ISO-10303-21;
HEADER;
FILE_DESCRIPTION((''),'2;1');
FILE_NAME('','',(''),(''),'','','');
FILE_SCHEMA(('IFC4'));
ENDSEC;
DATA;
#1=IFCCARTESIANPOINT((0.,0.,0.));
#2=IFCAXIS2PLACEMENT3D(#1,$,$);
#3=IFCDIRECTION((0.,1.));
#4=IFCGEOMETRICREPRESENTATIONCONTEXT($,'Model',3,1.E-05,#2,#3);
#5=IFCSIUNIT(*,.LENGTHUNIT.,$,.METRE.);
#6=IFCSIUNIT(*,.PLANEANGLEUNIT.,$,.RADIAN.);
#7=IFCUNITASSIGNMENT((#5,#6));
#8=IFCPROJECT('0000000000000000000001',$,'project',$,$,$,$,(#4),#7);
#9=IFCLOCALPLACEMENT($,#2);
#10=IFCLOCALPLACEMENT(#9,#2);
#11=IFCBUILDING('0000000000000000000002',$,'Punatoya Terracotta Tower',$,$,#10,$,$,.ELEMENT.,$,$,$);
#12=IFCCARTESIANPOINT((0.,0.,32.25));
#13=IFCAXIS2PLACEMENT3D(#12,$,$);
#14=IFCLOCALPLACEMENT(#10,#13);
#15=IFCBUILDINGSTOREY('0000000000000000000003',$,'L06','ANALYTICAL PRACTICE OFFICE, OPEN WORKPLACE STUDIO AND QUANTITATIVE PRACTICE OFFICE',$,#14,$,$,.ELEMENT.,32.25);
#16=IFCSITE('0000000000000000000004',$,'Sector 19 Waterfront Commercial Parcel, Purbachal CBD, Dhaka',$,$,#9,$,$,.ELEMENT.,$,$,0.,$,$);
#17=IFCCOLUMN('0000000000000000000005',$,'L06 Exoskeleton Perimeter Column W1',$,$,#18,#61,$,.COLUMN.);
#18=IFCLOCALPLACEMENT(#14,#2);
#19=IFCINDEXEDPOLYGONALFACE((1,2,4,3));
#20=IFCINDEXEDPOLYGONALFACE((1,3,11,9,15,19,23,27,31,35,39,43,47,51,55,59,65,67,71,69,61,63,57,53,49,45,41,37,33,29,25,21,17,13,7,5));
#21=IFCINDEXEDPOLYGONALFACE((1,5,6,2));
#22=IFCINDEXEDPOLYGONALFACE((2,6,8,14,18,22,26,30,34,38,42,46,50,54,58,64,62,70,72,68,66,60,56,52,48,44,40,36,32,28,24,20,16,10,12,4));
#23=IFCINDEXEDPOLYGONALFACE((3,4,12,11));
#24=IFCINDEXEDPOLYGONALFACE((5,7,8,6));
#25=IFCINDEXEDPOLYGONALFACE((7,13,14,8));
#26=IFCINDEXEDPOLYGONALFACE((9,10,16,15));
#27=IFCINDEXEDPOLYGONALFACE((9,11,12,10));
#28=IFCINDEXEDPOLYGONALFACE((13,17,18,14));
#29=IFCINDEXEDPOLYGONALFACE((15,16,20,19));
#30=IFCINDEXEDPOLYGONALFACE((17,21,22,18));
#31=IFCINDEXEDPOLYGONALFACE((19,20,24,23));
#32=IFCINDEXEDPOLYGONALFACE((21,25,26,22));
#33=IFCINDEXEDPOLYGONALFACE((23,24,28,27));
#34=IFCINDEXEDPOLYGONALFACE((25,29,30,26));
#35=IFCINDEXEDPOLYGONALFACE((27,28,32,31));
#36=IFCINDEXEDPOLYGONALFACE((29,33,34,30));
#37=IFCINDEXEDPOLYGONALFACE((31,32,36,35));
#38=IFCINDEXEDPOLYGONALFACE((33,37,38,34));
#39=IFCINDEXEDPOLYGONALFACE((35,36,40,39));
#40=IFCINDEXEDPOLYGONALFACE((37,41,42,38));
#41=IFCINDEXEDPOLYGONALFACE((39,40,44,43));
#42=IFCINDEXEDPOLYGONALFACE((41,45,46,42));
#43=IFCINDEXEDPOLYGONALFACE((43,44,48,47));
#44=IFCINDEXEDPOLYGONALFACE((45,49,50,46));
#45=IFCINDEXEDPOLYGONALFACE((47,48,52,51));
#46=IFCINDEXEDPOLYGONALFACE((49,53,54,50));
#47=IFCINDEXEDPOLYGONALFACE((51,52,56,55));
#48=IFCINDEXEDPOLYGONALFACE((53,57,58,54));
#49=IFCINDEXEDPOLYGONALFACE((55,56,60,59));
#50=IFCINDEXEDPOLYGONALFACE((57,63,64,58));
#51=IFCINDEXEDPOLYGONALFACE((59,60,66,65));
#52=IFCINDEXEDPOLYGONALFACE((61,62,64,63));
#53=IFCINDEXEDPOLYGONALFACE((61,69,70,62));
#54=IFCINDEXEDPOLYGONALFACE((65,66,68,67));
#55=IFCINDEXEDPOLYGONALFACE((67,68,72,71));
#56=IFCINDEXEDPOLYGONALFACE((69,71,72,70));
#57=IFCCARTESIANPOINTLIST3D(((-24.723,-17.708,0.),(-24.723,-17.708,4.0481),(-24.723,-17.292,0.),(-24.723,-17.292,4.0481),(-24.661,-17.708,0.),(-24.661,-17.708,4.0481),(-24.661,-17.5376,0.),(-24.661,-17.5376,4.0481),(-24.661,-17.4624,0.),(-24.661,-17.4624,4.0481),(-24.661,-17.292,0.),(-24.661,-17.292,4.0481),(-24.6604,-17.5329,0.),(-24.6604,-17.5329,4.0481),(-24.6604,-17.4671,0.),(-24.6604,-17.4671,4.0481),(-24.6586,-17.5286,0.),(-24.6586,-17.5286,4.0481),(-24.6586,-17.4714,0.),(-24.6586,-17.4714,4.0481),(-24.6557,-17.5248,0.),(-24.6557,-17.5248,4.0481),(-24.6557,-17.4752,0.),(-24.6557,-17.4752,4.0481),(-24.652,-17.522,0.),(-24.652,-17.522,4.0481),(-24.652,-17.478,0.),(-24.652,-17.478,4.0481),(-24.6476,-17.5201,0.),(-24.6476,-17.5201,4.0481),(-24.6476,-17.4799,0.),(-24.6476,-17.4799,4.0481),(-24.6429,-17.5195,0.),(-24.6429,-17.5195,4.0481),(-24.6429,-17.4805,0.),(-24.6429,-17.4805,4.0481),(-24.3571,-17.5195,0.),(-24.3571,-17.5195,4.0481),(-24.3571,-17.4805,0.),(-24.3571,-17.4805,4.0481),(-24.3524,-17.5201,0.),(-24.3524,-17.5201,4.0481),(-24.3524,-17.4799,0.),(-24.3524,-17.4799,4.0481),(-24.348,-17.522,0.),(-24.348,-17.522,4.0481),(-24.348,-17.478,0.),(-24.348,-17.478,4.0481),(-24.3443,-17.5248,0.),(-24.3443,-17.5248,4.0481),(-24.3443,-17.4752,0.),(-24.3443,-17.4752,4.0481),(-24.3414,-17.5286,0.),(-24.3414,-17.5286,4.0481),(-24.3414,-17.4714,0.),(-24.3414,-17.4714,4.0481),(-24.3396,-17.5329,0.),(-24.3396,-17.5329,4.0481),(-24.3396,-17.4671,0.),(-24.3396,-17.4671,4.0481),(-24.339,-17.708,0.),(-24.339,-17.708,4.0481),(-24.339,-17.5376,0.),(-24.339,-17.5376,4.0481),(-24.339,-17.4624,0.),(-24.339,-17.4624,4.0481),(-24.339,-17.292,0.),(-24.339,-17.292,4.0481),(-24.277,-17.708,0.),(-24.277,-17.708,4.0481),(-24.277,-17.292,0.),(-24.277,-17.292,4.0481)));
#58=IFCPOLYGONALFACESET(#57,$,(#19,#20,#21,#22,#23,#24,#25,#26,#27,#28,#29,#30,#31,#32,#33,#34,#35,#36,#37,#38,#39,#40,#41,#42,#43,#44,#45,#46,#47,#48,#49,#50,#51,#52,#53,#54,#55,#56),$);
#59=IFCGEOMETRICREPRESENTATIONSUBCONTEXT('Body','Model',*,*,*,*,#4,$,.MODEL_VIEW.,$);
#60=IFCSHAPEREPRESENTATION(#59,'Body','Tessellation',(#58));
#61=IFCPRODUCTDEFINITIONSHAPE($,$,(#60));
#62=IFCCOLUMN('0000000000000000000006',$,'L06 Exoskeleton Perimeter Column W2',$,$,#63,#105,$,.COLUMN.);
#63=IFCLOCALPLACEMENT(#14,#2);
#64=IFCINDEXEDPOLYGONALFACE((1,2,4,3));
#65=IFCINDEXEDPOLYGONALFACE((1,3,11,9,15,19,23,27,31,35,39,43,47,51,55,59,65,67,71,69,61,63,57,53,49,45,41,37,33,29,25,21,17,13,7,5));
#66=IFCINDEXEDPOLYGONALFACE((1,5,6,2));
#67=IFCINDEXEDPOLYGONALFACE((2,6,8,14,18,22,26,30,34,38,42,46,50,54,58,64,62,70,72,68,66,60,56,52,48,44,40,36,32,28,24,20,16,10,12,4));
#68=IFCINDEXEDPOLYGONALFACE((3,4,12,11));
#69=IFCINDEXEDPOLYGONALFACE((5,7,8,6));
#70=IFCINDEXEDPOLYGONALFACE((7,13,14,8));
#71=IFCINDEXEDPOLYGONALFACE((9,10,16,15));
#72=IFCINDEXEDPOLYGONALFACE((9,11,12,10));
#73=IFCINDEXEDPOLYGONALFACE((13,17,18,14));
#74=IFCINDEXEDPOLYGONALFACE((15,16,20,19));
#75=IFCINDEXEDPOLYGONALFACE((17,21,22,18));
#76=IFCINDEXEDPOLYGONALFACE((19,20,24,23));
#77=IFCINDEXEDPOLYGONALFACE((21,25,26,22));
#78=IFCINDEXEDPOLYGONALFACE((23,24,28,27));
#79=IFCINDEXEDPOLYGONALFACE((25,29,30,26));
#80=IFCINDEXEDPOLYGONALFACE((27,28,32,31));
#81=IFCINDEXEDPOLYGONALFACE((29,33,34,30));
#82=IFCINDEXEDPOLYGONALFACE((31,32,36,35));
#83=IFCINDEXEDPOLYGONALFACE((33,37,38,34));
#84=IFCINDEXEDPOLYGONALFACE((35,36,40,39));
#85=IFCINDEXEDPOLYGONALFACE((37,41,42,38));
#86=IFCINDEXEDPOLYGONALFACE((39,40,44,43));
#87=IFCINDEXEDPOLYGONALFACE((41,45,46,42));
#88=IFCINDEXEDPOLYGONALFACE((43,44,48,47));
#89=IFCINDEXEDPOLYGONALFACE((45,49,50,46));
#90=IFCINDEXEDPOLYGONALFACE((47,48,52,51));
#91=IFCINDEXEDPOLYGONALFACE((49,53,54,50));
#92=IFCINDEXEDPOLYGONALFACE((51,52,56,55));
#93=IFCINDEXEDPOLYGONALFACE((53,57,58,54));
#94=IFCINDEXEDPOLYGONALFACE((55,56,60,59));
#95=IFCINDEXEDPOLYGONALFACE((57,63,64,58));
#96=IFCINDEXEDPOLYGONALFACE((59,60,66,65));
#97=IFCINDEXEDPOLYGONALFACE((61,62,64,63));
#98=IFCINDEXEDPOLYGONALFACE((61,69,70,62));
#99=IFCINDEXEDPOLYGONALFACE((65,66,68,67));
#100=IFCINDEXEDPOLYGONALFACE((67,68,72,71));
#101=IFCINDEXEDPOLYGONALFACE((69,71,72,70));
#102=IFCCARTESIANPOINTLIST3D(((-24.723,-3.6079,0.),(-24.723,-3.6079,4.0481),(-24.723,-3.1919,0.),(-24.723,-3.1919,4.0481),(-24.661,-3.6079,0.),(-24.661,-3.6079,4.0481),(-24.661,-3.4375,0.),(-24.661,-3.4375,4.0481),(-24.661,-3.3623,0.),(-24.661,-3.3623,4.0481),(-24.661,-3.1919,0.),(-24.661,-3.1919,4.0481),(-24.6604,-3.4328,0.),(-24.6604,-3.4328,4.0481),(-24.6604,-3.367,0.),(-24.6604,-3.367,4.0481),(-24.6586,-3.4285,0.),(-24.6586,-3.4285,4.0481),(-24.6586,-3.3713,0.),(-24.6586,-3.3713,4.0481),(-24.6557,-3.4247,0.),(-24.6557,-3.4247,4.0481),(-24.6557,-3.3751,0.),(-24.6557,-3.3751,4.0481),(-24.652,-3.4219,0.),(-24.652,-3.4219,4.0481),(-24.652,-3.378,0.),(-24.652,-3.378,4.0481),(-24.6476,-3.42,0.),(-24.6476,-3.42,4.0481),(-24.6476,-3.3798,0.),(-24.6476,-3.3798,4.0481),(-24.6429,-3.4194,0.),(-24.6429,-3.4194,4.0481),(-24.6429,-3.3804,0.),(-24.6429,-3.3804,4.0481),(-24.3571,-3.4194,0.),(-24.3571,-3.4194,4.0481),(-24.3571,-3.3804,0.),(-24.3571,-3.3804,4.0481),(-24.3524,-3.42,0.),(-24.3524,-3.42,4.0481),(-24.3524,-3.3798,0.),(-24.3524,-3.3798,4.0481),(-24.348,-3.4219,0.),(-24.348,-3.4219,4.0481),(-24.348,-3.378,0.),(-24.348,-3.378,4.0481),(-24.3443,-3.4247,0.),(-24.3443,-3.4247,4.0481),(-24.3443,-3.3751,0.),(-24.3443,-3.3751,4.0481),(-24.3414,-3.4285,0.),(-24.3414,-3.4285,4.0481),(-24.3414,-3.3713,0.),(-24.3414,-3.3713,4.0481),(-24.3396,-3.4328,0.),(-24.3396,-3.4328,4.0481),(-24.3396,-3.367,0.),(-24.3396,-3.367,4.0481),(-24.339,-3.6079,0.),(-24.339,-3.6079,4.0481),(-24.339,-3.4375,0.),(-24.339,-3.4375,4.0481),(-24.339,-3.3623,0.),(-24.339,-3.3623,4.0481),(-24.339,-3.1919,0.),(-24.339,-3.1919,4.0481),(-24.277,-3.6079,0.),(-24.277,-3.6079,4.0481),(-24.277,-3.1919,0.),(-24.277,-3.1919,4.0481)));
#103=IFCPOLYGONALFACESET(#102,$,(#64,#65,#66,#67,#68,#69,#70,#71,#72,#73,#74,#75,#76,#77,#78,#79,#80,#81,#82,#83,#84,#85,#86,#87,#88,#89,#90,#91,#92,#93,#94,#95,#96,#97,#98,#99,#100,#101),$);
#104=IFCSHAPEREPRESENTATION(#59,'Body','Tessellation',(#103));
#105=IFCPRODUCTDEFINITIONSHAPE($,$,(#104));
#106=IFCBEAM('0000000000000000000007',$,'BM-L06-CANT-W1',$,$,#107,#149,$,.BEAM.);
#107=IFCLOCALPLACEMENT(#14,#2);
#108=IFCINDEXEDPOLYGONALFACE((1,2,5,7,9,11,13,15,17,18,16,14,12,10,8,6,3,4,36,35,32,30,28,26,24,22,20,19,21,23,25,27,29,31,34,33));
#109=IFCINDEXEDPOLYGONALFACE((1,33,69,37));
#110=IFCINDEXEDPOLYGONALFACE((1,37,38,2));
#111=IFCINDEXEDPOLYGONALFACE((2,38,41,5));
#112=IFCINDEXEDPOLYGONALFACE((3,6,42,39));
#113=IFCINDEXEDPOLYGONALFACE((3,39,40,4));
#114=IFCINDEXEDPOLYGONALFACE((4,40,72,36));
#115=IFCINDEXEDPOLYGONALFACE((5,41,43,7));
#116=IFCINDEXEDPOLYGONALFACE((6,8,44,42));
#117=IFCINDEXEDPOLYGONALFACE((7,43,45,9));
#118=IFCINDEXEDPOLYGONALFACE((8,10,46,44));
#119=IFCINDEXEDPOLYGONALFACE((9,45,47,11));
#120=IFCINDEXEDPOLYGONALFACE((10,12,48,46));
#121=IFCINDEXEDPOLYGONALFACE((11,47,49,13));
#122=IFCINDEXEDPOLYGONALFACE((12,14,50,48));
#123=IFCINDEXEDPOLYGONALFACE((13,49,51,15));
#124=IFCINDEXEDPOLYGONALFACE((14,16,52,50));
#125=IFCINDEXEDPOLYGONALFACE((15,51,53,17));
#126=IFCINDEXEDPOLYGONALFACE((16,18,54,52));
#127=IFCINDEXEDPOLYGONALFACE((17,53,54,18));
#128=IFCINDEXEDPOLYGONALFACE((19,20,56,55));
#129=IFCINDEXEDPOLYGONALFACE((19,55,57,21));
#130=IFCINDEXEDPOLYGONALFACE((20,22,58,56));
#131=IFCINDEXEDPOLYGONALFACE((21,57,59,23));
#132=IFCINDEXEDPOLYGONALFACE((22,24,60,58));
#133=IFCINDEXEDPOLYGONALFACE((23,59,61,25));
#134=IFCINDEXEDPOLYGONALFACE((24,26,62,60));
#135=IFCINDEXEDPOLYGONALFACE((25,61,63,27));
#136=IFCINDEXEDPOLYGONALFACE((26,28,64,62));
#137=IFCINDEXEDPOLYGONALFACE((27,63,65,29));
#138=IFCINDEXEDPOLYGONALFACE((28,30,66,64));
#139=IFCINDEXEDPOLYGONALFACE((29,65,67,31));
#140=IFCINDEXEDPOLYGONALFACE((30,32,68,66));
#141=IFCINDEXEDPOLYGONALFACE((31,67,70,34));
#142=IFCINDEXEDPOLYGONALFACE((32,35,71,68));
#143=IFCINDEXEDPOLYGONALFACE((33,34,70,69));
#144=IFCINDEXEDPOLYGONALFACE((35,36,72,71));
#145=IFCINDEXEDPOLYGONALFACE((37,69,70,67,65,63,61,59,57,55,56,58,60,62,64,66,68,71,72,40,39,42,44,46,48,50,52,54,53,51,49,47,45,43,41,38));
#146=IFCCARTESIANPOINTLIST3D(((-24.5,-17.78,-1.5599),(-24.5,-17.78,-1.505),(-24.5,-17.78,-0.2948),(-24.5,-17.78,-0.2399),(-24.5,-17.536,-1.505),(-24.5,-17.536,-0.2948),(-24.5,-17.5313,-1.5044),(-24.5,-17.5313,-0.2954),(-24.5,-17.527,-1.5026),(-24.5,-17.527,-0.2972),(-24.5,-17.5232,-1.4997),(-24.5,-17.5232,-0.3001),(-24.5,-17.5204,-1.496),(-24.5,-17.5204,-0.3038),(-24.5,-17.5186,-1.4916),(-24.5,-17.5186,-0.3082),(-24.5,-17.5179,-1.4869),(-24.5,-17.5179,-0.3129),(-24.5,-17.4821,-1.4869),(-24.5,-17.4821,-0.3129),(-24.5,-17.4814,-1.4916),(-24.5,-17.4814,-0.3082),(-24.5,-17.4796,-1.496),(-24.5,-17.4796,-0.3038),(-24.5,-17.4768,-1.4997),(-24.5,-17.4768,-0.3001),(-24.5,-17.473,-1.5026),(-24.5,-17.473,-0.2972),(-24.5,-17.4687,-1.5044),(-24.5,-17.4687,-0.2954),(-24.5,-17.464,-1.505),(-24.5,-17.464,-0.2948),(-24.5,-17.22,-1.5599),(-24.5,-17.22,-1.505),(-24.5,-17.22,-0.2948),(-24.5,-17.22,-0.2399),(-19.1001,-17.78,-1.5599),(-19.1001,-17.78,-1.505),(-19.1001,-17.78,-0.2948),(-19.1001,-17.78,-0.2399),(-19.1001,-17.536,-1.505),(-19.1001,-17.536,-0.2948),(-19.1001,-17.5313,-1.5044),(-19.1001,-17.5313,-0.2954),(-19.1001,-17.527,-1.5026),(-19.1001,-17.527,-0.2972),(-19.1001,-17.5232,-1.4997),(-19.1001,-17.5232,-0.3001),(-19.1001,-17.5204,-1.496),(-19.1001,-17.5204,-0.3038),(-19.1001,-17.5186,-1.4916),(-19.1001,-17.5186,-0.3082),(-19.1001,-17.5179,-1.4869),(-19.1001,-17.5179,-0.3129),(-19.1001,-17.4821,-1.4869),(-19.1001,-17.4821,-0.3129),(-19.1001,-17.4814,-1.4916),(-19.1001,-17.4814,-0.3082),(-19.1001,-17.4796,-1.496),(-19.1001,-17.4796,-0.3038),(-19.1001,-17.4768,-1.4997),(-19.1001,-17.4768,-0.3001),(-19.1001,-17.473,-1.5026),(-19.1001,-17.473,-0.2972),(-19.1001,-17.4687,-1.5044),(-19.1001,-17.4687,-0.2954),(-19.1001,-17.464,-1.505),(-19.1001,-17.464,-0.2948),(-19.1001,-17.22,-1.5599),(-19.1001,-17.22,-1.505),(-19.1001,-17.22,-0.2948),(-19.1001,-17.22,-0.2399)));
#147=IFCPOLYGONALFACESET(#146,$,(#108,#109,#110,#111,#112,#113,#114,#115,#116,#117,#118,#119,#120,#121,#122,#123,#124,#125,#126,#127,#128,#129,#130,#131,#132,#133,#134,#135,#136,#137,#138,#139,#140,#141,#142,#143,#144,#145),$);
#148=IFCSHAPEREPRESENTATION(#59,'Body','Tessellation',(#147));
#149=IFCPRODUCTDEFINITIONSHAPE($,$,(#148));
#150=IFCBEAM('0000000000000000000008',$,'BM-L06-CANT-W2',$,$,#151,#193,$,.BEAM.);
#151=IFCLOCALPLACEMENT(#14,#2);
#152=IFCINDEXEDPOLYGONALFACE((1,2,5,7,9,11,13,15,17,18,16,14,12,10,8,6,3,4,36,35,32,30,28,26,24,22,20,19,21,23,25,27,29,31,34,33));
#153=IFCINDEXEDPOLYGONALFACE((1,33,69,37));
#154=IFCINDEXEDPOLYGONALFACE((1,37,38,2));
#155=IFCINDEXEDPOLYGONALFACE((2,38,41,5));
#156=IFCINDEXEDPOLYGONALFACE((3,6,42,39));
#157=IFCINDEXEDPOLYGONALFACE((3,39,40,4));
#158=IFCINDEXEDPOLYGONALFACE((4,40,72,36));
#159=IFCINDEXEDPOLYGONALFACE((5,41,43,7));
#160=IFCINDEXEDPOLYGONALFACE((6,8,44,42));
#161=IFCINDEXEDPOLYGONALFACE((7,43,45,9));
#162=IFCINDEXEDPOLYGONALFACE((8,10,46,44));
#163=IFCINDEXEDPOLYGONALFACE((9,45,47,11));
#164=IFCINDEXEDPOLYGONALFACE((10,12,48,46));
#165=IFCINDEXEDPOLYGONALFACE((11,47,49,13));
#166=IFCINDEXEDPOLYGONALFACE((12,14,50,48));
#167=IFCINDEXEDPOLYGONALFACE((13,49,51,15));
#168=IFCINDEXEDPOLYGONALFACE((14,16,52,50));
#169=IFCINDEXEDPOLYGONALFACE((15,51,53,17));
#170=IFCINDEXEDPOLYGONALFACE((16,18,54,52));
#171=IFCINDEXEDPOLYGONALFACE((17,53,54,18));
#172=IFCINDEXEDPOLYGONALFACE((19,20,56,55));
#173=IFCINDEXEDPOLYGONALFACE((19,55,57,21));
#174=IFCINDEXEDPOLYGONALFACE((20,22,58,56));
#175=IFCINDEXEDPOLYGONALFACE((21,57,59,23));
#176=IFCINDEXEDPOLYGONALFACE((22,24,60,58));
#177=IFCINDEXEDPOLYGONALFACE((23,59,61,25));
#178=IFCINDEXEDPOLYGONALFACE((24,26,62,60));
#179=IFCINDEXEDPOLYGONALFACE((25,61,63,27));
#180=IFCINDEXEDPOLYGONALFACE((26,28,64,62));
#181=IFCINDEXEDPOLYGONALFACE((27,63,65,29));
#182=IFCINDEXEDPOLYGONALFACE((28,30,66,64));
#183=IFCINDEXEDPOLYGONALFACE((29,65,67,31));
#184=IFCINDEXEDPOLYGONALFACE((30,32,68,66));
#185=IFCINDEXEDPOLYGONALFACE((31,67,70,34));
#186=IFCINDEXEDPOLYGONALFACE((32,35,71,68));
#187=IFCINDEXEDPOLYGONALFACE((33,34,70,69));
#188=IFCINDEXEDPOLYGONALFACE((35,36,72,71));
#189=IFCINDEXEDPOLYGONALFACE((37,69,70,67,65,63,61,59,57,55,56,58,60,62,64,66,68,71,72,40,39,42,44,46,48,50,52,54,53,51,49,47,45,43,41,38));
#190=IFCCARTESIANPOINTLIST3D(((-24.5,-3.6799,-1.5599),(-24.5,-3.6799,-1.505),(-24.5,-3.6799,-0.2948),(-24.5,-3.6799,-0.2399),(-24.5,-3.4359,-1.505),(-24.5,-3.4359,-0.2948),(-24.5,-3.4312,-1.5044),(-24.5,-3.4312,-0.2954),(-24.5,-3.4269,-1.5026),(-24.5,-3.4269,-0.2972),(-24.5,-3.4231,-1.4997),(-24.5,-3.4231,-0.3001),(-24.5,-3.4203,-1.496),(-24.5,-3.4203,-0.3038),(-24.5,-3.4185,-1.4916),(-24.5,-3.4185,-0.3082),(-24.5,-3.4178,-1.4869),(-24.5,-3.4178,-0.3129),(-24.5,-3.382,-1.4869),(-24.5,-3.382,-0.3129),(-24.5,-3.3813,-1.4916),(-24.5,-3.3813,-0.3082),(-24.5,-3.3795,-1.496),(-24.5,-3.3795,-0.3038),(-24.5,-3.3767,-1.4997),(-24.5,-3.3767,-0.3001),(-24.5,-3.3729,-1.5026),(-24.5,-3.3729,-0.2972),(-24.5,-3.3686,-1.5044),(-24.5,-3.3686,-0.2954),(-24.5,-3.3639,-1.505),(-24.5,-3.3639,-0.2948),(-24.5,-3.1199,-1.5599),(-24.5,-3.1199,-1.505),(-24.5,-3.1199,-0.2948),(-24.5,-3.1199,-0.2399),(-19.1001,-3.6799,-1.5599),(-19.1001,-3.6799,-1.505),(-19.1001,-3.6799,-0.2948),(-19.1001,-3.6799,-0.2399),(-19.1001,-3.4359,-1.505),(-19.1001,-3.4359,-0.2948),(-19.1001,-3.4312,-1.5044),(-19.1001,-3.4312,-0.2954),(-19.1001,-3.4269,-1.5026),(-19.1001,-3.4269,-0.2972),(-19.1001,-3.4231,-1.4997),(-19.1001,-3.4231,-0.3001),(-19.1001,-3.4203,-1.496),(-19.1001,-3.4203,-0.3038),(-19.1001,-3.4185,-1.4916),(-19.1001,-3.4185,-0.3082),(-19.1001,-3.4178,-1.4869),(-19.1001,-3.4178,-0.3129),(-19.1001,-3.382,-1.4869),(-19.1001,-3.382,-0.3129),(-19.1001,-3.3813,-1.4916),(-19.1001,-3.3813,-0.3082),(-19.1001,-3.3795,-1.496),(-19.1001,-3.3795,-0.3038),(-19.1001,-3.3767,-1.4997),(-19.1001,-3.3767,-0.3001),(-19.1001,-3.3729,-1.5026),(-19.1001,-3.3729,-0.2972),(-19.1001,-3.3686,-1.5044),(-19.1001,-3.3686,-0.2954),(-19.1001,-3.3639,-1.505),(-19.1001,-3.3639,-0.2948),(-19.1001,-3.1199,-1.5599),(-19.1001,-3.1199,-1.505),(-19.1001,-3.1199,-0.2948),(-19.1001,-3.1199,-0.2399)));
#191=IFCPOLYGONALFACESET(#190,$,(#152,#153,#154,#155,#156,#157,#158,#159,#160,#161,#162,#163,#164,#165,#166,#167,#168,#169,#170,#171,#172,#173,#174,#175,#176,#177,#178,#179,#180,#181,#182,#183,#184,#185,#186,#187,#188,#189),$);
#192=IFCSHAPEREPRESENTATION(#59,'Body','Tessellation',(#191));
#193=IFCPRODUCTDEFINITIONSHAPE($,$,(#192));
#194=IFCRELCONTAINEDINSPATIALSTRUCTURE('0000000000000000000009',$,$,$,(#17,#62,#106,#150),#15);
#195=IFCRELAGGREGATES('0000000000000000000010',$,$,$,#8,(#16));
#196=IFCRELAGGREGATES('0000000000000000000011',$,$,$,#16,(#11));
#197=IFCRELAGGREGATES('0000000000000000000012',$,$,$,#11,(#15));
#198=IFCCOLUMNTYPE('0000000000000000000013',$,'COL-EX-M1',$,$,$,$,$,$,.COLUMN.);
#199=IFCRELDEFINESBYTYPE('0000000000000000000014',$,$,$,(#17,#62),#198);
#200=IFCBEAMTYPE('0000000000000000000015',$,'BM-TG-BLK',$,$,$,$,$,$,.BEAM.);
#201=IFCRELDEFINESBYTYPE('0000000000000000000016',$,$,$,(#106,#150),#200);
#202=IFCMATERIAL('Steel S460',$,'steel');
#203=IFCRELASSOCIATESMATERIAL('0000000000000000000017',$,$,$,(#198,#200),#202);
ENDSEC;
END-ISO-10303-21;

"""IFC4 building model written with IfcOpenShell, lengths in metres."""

from ifc_helpers import new_model, si_unit, direction, frame, origin, origin_2d, place, context, subcontext, project, spatial, i_section, extrude, material, material_profile, profile_set, type_object, element, save


model = new_model("IFC4")

# Units and contexts
model_context = context("Model", 3, precision=1e-05, world=origin(), true_north=direction((0.0, 1.0)))
body_context = subcontext(model_context, "Body", "Model", "MODEL_VIEW")
ifc_project = project(units=[si_unit("LENGTHUNIT", "METRE"), si_unit("PLANEANGLEUNIT", "RADIAN")], contexts=[model_context])

# Site, building, storey
site_placement = place(None, origin())
site = spatial("IfcSite", under=ifc_project, at=site_placement, Name="Sector 19 Waterfront Commercial Parcel, Purbachal CBD, Dhaka", CompositionType="ELEMENT", RefElevation=0.0)
building_placement = place(site_placement, origin())
building = spatial("IfcBuilding", under=site, at=building_placement, Name="Punatoya Terracotta Tower", CompositionType="ELEMENT")
storey_placement = place(building_placement, frame((0.0, 0.0, 32.25)))
storey = spatial("IfcBuildingStorey", under=building, at=storey_placement, Name="L06", Description="ANALYTICAL PRACTICE OFFICE, OPEN WORKPLACE STUDIO AND QUANTITATIVE PRACTICE OFFICE", CompositionType="ELEMENT", Elevation=32.25)

# Columns
ifc_material_1 = material(Name="Steel S460", Category="steel")
ifc_material_profile_1 = material_profile(ifc_material_1, i_section(OverallWidth=0.416, OverallDepth=0.446, WebThickness=0.0391, FlangeThickness=0.062, FilletRadius=0.0181, at=origin_2d()))
ifc_profile_set_1 = profile_set([ifc_material_profile_1], Name="Steel S460")
column_type = type_object("IfcColumnType", Name="COL-EX-M1", PredefinedType="COLUMN", material=ifc_profile_set_1)
for number, where, z_axis, x_axis, name in (
    (1, (-24.5, -17.5, 0.0), (0.0, 0.0, 1.0), (0.0, 1.0, 0.0), "L06 Exoskeleton Perimeter Column W1"),
    (2, (-24.5, -3.3999, 0.0), (0.0, 0.0, 1.0), (0.0, 1.0, 0.0), "L06 Exoskeleton Perimeter Column W2"),
):
    element("IfcColumn", number, at=place(storey_placement, frame(where, z_axis=z_axis, x_axis=x_axis)), inside=storey, type_object=column_type, Name=name, PredefinedType="COLUMN", context=body_context, shape_type="SweptSolid", body=[
        extrude(i_section(OverallWidth=0.416, OverallDepth=0.446, WebThickness=0.0391, FlangeThickness=0.062, FilletRadius=0.0181, at=origin_2d()), origin(), (0.0, 0.0, 1.0), 4.0481),
    ])

# Beams
ifc_material_profile_2 = material_profile(ifc_material_1, i_section(OverallWidth=0.5601, OverallDepth=1.3201, WebThickness=0.0359, FlangeThickness=0.0549, FilletRadius=0.0181, at=origin_2d()))
ifc_profile_set_2 = profile_set([ifc_material_profile_2], Name="Steel S460")
beam_type_1 = type_object("IfcBeamType", Name="BM-TG-BLK", PredefinedType="BEAM", material=ifc_profile_set_2)
for number, where, z_axis, x_axis, name in (
    (3, (-24.5, -17.5, -0.8999), (1.0, 0.0, 0.0), (0.0, 1.0, 0.0), "BM-L06-CANT-W1"),
    (4, (-24.5, -3.3999, -0.8999), (1.0, 0.0, 0.0), (0.0, 1.0, 0.0), "BM-L06-CANT-W2"),
):
    element("IfcBeam", number, at=place(storey_placement, frame(where, z_axis=z_axis, x_axis=x_axis)), inside=storey, type_object=beam_type_1, Name=name, PredefinedType="BEAM", context=body_context, shape_type="SweptSolid", body=[
        extrude(i_section(OverallWidth=0.5601, OverallDepth=1.3201, WebThickness=0.0359, FlangeThickness=0.0549, FilletRadius=0.0181, at=origin_2d()), origin(), (0.0, 0.0, 1.0), 5.3999),
    ])

save(model, "model.ifc")
